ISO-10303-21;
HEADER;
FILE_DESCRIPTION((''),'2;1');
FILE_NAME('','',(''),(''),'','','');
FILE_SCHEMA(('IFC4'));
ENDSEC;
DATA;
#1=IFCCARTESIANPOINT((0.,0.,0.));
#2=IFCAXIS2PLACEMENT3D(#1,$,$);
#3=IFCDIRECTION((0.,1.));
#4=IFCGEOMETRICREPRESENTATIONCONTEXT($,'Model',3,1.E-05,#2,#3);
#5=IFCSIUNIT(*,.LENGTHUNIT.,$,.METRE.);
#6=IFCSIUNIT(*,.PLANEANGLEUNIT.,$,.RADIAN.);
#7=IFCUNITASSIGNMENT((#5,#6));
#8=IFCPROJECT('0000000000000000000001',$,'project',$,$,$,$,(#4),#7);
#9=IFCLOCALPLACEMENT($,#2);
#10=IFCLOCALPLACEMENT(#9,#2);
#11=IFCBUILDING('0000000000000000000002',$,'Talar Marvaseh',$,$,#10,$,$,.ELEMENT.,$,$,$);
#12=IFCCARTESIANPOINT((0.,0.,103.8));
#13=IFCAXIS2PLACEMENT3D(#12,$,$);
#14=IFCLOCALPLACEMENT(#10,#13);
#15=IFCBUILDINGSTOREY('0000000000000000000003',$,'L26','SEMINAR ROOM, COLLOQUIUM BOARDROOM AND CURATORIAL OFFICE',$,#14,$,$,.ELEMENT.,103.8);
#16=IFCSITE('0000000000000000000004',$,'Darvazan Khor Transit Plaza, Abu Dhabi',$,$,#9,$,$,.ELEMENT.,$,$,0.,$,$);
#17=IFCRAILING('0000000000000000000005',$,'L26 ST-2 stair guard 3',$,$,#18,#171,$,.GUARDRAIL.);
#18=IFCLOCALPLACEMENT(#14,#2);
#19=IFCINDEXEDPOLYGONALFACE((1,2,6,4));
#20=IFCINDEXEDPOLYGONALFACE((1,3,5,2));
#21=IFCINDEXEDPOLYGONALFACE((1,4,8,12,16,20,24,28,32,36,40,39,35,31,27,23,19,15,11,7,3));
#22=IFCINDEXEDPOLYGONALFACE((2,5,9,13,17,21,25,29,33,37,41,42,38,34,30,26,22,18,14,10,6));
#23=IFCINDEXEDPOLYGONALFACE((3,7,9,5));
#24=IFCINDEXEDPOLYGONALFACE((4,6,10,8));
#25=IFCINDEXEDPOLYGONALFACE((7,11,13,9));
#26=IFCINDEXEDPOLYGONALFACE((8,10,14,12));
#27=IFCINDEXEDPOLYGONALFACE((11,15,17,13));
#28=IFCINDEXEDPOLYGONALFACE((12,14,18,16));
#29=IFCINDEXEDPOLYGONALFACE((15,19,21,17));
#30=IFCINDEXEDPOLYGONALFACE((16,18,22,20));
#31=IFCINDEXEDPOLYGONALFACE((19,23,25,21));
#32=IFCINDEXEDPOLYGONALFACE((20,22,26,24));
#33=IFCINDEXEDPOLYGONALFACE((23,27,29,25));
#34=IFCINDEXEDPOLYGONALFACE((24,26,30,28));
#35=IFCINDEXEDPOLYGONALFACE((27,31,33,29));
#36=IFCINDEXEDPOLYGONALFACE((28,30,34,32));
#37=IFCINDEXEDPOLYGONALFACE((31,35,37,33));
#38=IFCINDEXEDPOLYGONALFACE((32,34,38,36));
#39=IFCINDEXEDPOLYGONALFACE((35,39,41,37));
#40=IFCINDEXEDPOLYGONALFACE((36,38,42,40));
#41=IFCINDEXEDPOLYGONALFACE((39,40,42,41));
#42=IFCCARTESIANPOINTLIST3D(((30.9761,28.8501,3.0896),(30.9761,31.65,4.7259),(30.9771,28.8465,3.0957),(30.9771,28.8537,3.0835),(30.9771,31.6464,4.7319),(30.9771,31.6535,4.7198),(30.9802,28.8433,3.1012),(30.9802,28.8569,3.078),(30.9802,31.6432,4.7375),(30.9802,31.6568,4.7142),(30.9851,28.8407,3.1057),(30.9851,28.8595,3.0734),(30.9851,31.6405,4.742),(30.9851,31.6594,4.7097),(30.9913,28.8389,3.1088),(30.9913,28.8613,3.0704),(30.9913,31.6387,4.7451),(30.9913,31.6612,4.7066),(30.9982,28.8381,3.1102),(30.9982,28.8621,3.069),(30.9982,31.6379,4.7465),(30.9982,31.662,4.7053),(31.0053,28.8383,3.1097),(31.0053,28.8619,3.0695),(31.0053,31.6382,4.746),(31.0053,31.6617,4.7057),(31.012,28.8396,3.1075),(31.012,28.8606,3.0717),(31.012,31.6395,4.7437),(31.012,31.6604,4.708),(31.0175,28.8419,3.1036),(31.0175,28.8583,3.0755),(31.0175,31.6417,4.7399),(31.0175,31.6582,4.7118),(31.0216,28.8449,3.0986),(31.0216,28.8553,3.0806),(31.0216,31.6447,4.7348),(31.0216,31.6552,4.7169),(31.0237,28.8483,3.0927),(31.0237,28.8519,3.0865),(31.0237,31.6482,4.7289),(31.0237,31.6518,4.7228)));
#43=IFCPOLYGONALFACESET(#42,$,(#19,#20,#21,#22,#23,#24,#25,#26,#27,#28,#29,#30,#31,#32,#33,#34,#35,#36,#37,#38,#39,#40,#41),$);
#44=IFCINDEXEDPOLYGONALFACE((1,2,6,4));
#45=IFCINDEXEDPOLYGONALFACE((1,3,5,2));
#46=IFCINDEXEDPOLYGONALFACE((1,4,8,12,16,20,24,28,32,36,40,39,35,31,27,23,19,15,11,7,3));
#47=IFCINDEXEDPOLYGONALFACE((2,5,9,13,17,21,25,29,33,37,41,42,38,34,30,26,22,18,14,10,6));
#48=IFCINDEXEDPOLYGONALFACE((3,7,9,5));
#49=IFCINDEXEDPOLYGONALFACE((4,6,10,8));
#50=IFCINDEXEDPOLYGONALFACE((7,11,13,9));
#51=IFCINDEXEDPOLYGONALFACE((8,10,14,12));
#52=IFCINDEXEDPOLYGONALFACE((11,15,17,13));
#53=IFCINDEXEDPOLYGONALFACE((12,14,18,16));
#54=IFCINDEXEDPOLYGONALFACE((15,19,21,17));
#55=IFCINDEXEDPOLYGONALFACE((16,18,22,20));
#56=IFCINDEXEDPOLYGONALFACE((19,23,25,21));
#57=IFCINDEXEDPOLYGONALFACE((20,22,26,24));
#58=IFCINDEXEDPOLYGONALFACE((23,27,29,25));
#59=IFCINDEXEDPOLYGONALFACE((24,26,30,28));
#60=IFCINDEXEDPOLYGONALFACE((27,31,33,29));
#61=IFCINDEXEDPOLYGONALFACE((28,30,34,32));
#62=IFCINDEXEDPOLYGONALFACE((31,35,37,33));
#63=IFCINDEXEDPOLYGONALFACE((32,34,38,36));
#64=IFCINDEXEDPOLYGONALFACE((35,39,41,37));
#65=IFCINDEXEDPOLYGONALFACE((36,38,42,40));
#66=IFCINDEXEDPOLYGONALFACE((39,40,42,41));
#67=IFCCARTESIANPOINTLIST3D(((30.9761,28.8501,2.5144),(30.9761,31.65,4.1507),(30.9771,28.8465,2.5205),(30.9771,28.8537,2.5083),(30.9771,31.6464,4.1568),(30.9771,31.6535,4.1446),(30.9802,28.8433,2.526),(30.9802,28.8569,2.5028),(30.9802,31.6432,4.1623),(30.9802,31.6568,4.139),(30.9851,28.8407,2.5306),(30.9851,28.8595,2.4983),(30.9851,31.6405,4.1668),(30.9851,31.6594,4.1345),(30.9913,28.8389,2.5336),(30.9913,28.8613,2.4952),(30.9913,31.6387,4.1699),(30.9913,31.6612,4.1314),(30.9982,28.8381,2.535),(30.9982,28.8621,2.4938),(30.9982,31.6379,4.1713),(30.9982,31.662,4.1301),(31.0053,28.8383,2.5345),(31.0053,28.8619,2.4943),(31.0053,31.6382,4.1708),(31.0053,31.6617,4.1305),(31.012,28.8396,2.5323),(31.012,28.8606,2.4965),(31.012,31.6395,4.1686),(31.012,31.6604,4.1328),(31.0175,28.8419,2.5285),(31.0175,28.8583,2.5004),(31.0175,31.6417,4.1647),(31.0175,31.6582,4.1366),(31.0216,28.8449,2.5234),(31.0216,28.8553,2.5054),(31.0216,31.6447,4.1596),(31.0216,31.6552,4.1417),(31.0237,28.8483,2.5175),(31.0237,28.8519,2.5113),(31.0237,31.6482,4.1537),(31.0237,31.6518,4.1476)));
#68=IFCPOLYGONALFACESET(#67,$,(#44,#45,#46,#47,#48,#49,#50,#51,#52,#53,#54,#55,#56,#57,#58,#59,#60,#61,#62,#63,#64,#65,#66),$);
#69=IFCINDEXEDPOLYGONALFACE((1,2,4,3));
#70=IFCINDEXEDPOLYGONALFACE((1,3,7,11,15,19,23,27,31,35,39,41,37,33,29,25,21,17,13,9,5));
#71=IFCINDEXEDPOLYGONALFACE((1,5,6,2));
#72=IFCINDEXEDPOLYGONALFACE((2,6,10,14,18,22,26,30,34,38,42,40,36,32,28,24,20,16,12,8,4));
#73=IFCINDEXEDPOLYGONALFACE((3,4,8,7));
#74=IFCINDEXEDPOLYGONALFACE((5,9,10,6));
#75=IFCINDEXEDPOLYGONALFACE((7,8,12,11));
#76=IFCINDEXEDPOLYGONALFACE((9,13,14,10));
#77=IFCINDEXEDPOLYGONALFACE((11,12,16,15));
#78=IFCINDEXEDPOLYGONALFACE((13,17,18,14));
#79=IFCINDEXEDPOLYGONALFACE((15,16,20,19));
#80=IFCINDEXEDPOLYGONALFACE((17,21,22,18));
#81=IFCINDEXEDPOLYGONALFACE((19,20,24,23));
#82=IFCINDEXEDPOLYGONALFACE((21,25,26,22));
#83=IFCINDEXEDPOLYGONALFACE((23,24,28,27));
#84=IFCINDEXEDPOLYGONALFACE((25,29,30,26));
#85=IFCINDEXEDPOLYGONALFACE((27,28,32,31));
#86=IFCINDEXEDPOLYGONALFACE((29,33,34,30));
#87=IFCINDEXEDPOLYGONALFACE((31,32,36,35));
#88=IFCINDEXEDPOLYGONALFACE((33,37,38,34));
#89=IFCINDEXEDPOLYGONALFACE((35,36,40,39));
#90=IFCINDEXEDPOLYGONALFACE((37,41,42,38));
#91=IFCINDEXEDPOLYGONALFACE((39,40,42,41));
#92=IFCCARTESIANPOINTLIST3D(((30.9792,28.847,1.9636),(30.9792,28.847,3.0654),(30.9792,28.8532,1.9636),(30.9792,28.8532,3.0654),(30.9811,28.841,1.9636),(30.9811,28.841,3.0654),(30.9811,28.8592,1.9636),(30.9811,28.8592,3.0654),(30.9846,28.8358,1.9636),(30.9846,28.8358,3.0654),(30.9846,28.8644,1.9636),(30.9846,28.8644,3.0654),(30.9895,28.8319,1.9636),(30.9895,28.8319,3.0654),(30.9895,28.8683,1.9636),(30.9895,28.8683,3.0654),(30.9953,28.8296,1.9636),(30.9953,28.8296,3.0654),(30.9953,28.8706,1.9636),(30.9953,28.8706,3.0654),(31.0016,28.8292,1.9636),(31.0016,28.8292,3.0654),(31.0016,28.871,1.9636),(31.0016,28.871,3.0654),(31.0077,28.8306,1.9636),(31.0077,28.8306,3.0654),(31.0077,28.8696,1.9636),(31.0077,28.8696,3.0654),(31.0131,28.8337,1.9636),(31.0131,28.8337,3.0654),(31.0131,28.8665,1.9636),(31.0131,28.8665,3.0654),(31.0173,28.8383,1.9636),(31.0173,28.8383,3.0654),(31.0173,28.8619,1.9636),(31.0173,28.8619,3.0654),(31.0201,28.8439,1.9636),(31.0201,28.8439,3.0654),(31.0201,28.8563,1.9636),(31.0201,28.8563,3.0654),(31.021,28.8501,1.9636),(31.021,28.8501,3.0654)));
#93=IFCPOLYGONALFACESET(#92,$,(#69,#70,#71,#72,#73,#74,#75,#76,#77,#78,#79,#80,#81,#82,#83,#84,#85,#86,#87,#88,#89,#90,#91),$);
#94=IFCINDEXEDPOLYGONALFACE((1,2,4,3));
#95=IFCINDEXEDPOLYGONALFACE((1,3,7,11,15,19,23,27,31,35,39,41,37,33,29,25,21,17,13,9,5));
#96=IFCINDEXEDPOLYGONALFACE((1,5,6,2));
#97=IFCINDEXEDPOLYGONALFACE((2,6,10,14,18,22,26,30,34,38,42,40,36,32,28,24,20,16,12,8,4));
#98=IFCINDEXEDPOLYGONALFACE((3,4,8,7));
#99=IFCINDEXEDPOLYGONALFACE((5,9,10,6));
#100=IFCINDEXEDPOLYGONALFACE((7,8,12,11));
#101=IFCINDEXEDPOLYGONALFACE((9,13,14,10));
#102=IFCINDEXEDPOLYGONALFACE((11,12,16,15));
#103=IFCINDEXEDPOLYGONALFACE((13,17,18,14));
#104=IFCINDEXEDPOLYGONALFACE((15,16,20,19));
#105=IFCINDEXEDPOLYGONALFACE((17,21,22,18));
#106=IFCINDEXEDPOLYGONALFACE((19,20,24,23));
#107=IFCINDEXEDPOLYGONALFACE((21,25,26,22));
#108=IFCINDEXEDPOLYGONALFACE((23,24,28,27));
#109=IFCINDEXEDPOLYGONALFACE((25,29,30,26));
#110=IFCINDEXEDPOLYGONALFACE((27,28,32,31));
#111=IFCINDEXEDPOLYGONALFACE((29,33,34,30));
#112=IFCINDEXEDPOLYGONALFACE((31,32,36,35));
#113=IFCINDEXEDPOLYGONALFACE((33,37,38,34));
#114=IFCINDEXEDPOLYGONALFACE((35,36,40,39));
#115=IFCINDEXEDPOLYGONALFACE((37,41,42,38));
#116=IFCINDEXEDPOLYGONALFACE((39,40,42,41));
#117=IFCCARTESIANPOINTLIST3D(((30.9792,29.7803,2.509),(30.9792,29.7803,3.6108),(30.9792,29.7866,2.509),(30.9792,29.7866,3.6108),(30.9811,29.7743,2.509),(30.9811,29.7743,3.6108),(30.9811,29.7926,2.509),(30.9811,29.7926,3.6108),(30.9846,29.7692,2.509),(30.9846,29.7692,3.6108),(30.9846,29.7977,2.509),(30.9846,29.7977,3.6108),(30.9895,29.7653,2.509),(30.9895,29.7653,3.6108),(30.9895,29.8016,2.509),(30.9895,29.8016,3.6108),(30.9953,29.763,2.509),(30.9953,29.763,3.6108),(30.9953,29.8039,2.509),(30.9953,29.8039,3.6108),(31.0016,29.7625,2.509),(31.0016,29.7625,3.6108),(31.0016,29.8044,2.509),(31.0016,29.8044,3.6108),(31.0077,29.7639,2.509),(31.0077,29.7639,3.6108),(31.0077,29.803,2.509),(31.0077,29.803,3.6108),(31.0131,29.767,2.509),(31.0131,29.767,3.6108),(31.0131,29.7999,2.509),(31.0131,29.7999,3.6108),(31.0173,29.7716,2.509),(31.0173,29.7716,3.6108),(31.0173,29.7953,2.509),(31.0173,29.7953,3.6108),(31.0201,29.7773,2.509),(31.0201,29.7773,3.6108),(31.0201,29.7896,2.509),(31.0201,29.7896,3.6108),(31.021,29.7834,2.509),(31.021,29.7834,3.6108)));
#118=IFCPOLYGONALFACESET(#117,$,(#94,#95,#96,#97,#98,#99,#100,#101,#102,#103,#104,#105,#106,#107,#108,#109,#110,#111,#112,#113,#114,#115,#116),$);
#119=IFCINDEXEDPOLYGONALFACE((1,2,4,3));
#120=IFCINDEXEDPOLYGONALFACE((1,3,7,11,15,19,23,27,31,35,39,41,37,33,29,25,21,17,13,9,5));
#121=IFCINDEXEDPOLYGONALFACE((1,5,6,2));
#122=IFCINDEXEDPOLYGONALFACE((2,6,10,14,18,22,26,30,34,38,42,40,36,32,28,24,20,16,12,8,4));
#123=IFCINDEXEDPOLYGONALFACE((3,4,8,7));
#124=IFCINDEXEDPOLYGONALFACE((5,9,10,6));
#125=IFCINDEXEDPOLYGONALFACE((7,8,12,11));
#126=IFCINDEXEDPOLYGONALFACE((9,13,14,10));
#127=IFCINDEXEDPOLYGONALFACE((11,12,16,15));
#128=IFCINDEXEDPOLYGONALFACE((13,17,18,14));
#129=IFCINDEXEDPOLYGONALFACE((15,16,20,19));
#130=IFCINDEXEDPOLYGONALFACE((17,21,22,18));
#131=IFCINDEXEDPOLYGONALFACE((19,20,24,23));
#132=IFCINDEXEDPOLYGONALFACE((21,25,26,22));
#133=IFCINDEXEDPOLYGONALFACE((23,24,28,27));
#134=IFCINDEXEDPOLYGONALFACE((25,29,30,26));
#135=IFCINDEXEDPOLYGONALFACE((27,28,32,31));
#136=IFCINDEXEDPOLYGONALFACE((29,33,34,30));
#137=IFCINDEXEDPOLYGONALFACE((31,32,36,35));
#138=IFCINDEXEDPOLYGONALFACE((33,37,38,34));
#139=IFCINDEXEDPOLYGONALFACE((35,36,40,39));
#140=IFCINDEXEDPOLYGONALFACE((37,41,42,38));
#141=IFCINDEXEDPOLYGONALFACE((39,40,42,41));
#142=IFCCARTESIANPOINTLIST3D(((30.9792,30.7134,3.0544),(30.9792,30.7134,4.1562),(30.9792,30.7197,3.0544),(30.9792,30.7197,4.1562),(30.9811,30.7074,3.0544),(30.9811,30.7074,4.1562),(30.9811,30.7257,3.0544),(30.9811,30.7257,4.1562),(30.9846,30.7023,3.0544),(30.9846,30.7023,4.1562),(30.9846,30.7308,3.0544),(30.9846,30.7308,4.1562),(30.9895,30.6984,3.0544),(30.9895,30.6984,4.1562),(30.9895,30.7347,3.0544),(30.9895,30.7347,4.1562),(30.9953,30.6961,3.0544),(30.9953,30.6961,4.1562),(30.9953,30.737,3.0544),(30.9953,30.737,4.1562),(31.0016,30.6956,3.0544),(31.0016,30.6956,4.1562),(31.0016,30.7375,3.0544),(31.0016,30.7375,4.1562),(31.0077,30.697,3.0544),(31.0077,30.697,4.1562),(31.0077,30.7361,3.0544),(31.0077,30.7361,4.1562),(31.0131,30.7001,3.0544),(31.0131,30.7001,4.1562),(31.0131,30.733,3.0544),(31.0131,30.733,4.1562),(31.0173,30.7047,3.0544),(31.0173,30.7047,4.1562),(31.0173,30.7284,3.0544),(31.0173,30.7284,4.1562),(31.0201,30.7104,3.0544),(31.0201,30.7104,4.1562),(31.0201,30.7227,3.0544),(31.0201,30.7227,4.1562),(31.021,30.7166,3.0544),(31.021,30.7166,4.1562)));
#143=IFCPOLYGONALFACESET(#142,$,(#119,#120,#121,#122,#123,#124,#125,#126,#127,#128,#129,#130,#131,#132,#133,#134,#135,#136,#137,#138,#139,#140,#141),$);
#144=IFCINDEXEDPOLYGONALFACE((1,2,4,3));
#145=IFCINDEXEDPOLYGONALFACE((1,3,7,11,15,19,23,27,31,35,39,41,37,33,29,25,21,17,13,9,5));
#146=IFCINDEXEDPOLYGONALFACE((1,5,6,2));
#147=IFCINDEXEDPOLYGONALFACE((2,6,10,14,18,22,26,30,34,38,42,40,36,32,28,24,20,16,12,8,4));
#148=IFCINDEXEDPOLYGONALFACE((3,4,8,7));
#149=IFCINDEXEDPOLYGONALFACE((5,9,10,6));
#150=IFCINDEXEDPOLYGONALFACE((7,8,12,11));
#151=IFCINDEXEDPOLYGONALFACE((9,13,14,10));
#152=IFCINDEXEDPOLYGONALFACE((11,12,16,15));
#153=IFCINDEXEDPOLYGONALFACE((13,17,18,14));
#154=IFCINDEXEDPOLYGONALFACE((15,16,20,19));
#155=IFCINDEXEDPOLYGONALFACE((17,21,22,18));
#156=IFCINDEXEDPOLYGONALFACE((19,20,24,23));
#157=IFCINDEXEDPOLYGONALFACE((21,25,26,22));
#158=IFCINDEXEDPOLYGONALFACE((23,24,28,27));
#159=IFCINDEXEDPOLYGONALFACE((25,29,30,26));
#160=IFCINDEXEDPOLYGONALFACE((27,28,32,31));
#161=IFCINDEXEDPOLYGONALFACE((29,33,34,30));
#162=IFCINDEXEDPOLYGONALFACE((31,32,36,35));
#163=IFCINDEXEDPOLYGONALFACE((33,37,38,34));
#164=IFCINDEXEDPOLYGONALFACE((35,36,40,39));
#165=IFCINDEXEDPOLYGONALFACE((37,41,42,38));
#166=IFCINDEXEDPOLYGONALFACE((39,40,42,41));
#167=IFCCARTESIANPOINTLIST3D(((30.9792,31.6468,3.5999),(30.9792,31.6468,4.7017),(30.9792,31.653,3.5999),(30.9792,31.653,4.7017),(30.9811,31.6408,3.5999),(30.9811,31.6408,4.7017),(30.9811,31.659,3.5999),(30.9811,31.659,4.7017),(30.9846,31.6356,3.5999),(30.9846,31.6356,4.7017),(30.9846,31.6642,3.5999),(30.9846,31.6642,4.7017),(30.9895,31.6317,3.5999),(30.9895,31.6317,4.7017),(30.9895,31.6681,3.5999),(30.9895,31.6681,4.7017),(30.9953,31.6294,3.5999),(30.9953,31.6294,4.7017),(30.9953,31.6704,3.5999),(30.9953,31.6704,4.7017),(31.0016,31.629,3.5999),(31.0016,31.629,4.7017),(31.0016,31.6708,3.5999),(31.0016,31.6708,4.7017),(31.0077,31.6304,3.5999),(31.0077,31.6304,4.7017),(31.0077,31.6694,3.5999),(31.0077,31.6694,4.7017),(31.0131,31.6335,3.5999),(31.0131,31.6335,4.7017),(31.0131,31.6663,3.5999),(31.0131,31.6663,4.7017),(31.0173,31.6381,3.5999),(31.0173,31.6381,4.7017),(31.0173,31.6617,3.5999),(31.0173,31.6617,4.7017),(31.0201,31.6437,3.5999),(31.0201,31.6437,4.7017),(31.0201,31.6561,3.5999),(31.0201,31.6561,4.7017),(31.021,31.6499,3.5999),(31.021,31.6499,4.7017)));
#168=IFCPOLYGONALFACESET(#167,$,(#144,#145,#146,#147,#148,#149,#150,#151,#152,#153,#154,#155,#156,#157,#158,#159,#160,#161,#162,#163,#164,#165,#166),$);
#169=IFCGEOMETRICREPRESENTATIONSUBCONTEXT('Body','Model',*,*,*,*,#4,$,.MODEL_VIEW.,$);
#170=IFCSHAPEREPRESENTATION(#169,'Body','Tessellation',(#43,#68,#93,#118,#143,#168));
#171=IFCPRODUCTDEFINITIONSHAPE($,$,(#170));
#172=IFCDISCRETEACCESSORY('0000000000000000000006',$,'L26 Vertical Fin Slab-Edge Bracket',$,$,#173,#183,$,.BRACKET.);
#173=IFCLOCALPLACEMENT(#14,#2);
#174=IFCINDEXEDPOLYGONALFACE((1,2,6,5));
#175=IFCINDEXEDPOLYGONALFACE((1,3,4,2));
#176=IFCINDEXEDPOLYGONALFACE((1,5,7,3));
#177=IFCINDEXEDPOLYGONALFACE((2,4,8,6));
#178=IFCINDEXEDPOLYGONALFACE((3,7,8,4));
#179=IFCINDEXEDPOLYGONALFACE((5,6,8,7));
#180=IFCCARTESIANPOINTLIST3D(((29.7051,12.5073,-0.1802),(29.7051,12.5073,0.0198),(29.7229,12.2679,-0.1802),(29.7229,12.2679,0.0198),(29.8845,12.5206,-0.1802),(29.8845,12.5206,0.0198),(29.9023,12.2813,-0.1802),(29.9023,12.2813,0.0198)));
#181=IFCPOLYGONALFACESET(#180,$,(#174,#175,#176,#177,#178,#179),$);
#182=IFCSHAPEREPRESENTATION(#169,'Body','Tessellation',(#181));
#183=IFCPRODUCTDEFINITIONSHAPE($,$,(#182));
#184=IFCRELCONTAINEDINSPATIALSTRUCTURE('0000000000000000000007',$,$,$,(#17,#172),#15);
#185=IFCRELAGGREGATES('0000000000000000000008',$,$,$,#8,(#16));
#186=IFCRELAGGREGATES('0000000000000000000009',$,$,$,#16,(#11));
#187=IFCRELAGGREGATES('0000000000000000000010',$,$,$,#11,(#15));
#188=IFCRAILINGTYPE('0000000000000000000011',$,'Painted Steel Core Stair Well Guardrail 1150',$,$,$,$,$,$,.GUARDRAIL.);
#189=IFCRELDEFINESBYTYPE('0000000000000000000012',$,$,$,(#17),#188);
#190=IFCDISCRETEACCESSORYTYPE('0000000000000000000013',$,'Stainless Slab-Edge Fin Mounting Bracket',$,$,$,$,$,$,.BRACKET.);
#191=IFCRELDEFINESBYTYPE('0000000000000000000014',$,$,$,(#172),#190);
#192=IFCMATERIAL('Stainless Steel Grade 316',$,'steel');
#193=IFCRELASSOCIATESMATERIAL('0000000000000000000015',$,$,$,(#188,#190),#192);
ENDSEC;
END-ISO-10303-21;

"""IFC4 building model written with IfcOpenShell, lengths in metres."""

from ifc_helpers import new_model, si_unit, direction, frame, origin, origin_2d, place, context, subcontext, project, spatial, rectangle, circle, extrude, source, transform, mapped, material, type_object, type_shapes, element, save


model = new_model("IFC4")

# Units and contexts
model_context = context("Model", 3, precision=1e-05, world=origin(), true_north=direction((0.0, 1.0)))
body_context = subcontext(model_context, "Body", "Model", "MODEL_VIEW")
ifc_project = project(units=[si_unit("LENGTHUNIT", "METRE"), si_unit("PLANEANGLEUNIT", "RADIAN")], contexts=[model_context])

# Site, building, storey
site_placement = place(None, origin())
site = spatial("IfcSite", under=ifc_project, at=site_placement, Name="Darvazan Khor Transit Plaza, Abu Dhabi", CompositionType="ELEMENT", RefElevation=0.0)
building_placement = place(site_placement, origin())
building = spatial("IfcBuilding", under=site, at=building_placement, Name="Talar Marvaseh", CompositionType="ELEMENT")
storey_placement = place(building_placement, frame((0.0, 0.0, 103.8)))
storey = spatial("IfcBuildingStorey", under=building, at=storey_placement, Name="L26", Description="SEMINAR ROOM, COLLOQUIUM BOARDROOM AND CURATORIAL OFFICE", CompositionType="ELEMENT", Elevation=103.8)

# Railing
ifc_material_1 = material(Name="Stainless Steel Grade 316", Category="steel")
railing_type_1 = type_object("IfcRailingType", Name="Painted Steel Core Stair Well Guardrail 1150", PredefinedType="GUARDRAIL", material=ifc_material_1)
railing_1_placement = place(storey_placement, frame((31.0, 28.8501, 1.9636)))
element("IfcRailing", 1, at=railing_1_placement, inside=storey, type_object=railing_type_1, Name="L26 ST-2 stair guard 3", PredefinedType="GUARDRAIL", context=body_context, shape_type="SweptSolid", body=[
    extrude(circle(Radius=0.0239, at=origin_2d()), frame((0.0, 0.0, 1.126), z_axis=(0.0, 0.863374, 0.504564), x_axis=(-1.0, 0.0, 0.0)), (0.0, 0.0, 1.0), 3.2429),
    extrude(circle(Radius=0.0239, at=origin_2d()), frame((0.0, 0.0, 0.5508), z_axis=(0.0, 0.863374, 0.504564), x_axis=(-1.0, 0.0, 0.0)), (0.0, 0.0, 1.0), 3.2429),
    extrude(circle(Radius=0.021, at=origin_2d()), origin(), (0.0, 0.0, 1.0), 1.1018),
    extrude(circle(Radius=0.021, at=origin_2d()), frame((0.0, 0.9333, 0.5454)), (0.0, 0.0, 1.0), 1.1018),
    extrude(circle(Radius=0.021, at=origin_2d()), frame((0.0, 1.8665, 1.0908)), (0.0, 0.0, 1.0), 1.1018),
    extrude(circle(Radius=0.021, at=origin_2d()), frame((0.0, 2.7998, 1.6362)), (0.0, 0.0, 1.0), 1.1018),
])

# Discrete accessory
discrete_accessory_type = type_object("IfcDiscreteAccessoryType", Name="Stainless Slab-Edge Fin Mounting Bracket", PredefinedType="BRACKET", material=ifc_material_1)
shared_shape_1 = source(origin(), body_context, "Body", "SweptSolid", [
    extrude(rectangle(XDim=0.24, YDim=0.1799, at=origin_2d()), origin(), (0.0, 0.0, 1.0), 0.2),
])
type_shapes(discrete_accessory_type, [shared_shape_1])
discrete_accessory_placement = place(storey_placement, frame((29.8037, 12.3943, -0.1802), z_axis=(0.0, 0.0, 1.0), x_axis=(0.074283, -0.997237, 0.0)))
element("IfcDiscreteAccessory", 2, at=discrete_accessory_placement, inside=storey, type_object=discrete_accessory_type, Name="L26 Vertical Fin Slab-Edge Bracket", PredefinedType="BRACKET", context=body_context, shape_type="MappedRepresentation", body=[
    mapped(shared_shape_1, transform((0.0, 0.0, 0.0), x_axis=(1.0, 0.0, 0.0), y_axis=(0.0, 1.0, 0.0), z_axis=(0.0, 0.0, 1.0), scale=1.0)),
])

save(model, "model.ifc")
